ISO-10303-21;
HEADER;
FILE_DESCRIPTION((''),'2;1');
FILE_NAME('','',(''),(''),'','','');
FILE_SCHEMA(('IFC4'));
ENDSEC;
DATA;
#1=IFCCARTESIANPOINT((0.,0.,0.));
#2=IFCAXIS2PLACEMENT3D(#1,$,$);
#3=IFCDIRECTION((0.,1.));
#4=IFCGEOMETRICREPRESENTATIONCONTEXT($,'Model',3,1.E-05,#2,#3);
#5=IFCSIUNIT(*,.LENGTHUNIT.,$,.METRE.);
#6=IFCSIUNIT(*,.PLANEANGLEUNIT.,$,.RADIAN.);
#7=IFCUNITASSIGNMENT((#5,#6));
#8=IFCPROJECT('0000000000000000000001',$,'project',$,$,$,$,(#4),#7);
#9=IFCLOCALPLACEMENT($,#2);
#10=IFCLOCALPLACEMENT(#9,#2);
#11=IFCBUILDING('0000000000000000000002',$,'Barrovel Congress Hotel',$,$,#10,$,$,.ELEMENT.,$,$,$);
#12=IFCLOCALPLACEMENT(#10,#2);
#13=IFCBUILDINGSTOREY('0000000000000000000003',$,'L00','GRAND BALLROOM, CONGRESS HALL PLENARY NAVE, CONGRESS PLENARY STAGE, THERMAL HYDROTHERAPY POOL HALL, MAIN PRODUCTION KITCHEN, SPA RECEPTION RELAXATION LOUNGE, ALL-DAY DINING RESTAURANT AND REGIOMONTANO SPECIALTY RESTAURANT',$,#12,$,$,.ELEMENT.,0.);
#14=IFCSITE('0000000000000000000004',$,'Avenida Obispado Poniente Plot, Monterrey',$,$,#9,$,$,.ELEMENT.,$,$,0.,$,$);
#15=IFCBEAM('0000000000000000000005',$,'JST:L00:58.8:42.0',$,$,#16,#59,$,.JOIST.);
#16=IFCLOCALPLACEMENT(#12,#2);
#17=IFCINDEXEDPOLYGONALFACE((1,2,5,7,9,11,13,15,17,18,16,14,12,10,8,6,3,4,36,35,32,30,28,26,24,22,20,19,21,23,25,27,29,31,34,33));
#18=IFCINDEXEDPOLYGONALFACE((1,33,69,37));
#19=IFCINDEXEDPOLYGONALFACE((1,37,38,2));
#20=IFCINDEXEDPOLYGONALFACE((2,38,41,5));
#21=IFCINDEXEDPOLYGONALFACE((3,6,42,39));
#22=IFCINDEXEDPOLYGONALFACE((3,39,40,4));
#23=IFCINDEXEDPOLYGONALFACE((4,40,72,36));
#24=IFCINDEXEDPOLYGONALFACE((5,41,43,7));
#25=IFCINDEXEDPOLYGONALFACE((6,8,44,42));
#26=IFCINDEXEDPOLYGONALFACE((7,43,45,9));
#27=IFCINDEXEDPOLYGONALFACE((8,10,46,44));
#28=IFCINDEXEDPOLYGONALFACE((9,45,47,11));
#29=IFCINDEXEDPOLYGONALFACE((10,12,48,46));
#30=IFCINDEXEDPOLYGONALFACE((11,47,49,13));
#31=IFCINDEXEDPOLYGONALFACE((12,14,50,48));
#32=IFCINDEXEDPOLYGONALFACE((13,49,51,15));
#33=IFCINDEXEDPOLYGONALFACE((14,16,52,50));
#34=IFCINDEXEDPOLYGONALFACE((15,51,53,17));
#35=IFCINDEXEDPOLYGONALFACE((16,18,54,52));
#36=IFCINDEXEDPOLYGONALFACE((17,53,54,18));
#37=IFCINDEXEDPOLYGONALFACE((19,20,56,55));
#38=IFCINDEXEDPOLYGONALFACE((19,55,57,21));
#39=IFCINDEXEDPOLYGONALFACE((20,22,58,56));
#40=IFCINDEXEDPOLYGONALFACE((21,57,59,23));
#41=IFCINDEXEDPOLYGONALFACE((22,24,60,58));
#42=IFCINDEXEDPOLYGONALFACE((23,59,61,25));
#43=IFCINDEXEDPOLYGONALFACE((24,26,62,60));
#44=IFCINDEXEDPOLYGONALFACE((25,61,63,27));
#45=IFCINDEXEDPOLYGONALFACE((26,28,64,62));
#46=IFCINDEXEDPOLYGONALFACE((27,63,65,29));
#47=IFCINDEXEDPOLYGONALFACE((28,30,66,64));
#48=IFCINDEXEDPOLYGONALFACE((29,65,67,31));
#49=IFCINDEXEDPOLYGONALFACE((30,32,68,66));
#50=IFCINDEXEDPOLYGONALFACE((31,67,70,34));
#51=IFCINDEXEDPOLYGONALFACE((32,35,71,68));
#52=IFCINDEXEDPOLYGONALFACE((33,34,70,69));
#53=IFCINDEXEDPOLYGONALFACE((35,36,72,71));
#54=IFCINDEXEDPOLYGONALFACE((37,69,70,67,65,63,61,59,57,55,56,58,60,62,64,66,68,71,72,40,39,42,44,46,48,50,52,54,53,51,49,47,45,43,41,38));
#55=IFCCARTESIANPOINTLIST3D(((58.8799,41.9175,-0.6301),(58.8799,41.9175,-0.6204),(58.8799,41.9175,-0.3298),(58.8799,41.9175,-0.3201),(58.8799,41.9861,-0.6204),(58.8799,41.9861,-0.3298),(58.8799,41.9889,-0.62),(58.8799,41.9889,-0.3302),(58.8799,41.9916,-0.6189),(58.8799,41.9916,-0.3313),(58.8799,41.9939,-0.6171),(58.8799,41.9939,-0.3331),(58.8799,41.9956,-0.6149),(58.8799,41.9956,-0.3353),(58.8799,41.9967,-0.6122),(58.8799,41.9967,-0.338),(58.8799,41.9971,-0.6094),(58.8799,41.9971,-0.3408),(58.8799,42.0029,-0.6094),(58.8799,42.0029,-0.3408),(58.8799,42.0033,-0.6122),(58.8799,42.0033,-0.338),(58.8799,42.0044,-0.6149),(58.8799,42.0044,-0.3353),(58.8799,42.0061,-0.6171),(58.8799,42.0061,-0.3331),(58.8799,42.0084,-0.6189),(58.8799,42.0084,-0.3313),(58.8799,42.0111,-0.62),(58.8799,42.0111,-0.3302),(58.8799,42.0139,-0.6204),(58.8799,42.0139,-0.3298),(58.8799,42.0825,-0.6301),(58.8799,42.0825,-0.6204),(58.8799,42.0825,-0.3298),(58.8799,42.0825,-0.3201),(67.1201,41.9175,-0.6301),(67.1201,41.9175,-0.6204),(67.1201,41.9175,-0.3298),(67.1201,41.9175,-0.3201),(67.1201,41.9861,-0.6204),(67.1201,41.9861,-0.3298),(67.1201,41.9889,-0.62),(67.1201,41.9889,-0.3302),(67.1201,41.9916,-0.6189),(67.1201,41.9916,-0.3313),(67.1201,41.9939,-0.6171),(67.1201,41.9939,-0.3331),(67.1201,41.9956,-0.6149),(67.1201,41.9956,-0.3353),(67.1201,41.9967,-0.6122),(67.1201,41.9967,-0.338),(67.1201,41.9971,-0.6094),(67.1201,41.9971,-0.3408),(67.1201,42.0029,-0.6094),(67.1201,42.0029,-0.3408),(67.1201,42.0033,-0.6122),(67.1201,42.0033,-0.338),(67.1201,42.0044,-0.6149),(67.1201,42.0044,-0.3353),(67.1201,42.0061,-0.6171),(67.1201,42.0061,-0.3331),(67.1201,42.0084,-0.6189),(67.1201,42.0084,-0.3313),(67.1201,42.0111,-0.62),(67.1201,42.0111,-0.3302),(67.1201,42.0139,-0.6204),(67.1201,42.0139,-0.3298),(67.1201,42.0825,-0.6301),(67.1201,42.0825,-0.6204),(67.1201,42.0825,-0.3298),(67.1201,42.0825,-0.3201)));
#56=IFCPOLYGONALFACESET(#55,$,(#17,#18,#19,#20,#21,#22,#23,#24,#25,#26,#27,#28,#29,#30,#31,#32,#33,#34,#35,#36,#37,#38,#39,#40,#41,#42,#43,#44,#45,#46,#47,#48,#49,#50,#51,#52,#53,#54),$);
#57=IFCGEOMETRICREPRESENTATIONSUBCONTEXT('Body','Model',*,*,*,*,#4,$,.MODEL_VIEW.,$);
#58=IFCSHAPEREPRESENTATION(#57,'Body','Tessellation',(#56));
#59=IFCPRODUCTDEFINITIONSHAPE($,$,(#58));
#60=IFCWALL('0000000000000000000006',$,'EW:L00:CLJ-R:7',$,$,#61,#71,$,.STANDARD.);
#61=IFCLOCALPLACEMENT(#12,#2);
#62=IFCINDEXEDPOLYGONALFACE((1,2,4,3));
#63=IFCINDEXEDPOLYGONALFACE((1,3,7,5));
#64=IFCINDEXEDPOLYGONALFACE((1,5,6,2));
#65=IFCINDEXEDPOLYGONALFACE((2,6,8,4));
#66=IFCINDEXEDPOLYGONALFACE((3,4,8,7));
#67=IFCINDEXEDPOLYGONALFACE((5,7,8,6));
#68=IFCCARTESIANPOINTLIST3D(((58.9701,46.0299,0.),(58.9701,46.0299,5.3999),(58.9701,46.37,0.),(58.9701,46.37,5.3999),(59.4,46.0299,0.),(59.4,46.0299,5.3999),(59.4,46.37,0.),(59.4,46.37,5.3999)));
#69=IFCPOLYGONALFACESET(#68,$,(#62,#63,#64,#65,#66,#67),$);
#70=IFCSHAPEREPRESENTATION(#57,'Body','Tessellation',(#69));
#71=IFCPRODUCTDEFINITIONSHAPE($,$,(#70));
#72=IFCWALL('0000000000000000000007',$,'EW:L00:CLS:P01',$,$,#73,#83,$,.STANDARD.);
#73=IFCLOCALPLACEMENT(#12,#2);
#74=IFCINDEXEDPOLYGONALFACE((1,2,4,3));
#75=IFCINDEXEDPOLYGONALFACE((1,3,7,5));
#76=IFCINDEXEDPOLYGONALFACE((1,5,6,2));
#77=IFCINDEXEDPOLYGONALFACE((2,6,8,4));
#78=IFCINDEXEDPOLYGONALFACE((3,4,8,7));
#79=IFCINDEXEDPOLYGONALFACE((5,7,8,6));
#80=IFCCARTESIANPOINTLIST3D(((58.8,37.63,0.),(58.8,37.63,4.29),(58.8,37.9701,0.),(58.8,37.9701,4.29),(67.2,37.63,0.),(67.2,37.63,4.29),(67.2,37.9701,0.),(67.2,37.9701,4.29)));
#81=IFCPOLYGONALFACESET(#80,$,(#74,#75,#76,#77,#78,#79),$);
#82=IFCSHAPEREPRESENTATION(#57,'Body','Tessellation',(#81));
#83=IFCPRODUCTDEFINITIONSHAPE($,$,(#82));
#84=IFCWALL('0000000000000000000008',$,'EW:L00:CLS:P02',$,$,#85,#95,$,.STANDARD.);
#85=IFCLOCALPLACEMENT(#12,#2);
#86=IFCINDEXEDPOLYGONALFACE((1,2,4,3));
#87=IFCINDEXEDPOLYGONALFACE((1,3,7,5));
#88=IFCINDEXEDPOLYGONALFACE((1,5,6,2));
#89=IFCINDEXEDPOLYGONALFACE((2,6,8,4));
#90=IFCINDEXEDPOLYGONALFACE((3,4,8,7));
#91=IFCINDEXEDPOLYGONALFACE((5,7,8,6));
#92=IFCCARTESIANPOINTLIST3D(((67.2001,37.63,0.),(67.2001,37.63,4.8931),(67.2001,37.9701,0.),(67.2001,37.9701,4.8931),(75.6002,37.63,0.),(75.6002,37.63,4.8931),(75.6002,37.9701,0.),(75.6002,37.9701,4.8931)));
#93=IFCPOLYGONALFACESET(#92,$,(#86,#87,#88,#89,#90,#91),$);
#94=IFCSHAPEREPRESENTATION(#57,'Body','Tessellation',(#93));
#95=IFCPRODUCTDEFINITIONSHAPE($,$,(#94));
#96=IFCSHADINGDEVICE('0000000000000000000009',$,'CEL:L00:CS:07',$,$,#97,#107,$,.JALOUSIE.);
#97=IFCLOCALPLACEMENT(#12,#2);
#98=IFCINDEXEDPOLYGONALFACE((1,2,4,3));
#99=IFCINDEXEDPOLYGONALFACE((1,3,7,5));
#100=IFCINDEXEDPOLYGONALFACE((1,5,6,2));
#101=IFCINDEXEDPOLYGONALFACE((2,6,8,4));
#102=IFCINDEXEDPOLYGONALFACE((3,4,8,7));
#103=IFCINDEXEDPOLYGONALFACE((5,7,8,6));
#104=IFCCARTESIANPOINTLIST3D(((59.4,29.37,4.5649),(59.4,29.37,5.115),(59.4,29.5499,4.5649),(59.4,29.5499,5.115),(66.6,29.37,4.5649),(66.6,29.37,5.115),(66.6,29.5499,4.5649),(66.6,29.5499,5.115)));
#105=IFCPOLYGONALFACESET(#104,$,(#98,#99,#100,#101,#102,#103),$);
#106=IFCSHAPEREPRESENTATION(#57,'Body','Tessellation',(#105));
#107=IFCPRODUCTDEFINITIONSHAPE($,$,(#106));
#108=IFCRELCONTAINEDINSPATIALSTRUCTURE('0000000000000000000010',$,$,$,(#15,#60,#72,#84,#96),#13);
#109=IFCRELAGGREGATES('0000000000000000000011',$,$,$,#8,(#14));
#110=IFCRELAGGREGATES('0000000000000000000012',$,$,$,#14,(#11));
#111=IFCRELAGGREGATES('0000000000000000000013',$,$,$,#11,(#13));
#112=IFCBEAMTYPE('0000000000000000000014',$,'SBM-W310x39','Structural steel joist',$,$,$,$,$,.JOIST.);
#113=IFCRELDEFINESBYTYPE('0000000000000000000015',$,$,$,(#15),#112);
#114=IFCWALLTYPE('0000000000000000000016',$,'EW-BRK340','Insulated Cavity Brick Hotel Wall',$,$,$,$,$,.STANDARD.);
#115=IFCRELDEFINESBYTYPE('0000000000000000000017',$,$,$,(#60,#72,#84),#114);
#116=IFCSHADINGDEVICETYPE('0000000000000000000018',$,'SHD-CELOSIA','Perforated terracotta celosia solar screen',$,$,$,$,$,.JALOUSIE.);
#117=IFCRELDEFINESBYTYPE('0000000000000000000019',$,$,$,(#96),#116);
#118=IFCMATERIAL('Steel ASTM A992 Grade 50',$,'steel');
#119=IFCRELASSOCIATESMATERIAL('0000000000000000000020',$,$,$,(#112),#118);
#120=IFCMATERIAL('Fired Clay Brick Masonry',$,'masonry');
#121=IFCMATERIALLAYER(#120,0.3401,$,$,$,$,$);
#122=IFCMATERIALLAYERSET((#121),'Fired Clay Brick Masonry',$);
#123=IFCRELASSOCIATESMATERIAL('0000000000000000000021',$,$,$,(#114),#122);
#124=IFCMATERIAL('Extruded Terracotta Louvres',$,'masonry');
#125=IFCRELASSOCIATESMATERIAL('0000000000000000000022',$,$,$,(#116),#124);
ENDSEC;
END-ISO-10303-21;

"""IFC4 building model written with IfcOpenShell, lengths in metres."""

from ifc_helpers import new_model, si_unit, direction, frame, frame_2d, origin, origin_2d, place, context, subcontext, project, spatial, rectangle, i_section, extrude, material, layer, layer_set, material_profile, profile_set, type_object, element, save


model = new_model("IFC4")

# Units and contexts
model_context = context("Model", 3, precision=1e-05, world=origin(), true_north=direction((0.0, 1.0)))
body_context = subcontext(model_context, "Body", "Model", "MODEL_VIEW")
ifc_project = project(units=[si_unit("LENGTHUNIT", "METRE"), si_unit("PLANEANGLEUNIT", "RADIAN")], contexts=[model_context])

# Site, building, storey
site_placement = place(None, origin())
site = spatial("IfcSite", under=ifc_project, at=site_placement, Name="Avenida Obispado Poniente Plot, Monterrey", CompositionType="ELEMENT", RefElevation=0.0)
building_placement = place(site_placement, origin())
building = spatial("IfcBuilding", under=site, at=building_placement, Name="Barrovel Congress Hotel", CompositionType="ELEMENT")
storey_placement = place(building_placement, origin())
storey = spatial("IfcBuildingStorey", under=building, at=storey_placement, Name="L00", Description="GRAND BALLROOM, CONGRESS HALL PLENARY NAVE, CONGRESS PLENARY STAGE, THERMAL HYDROTHERAPY POOL HALL, MAIN PRODUCTION KITCHEN, SPA RECEPTION RELAXATION LOUNGE, ALL-DAY DINING RESTAURANT AND REGIOMONTANO SPECIALTY RESTAURANT", CompositionType="ELEMENT", Elevation=0.0)

# Beam
ifc_material_1 = material(Name="Steel ASTM A992 Grade 50", Category="steel")
ifc_material_profile_1 = material_profile(ifc_material_1, i_section(OverallWidth=0.165, OverallDepth=0.3101, WebThickness=0.0059, FlangeThickness=0.0098, FilletRadius=0.011, at=origin_2d()), Name="W310x39")
ifc_profile_set_1 = profile_set([ifc_material_profile_1], Name="Steel ASTM A992 Grade 50")
beam_type_1 = type_object("IfcBeamType", Name="SBM-W310x39", Description="Structural steel joist", PredefinedType="JOIST", material=ifc_profile_set_1)
beam_1_placement = place(storey_placement, frame((58.8799, 42.0, -0.4751), z_axis=(1.0, 0.0, 0.0), x_axis=(0.0, 1.0, 0.0)))
element("IfcBeam", 1, at=beam_1_placement, inside=storey, type_object=beam_type_1, Name="JST:L00:58.8:42.0", PredefinedType="JOIST", context=body_context, shape_type="SweptSolid", body=[
    extrude(i_section(OverallWidth=0.165, OverallDepth=0.3101, WebThickness=0.0059, FlangeThickness=0.0098, FilletRadius=0.011, at=origin_2d()), origin(), (0.0, 0.0, 1.0), 8.2402),
])

# Shared definitions
ifc_material_2 = material(Name="Fired Clay Brick Masonry", Category="masonry")
ifc_layer = layer(ifc_material_2, 0.3401)
ifc_layer_set = layer_set([ifc_layer], Name="Fired Clay Brick Masonry")
wall_type = type_object("IfcWallType", Name="EW-BRK340", Description="Insulated Cavity Brick Hotel Wall", PredefinedType="STANDARD", material=ifc_layer_set)

# Walls
wall_1_placement = place(storey_placement, frame((59.3999, 46.2, 0.0), z_axis=(0.0, 0.0, 1.0), x_axis=(-1.0, 0.0, 0.0)))
element("IfcWall", 2, at=wall_1_placement, inside=storey, type_object=wall_type, Name="EW:L00:CLJ-R:7", PredefinedType="STANDARD", context=body_context, shape_type="SweptSolid", body=[
    extrude(rectangle(XDim=0.4299, YDim=0.3401, at=frame_2d((0.2148, 0.0))), origin(), (0.0, 0.0, 1.0), 5.3999),
])
wall_2_placement = place(storey_placement, frame((58.8, 37.8, 0.0), z_axis=(0.0, 0.0, 1.0), x_axis=(1.0, 0.0, 0.0)))
element("IfcWall", 3, at=wall_2_placement, inside=storey, type_object=wall_type, Name="EW:L00:CLS:P01", PredefinedType="STANDARD", context=body_context, shape_type="SweptSolid", body=[
    extrude(rectangle(XDim=8.3999, YDim=0.3401, at=frame_2d((4.2, 0.0))), origin(), (0.0, 0.0, 1.0), 4.29),
])
wall_3_placement = place(storey_placement, frame((67.2, 37.8, 0.0), z_axis=(0.0, 0.0, 1.0), x_axis=(1.0, 0.0, 0.0)))
element("IfcWall", 4, at=wall_3_placement, inside=storey, type_object=wall_type, Name="EW:L00:CLS:P02", PredefinedType="STANDARD", context=body_context, shape_type="SweptSolid", body=[
    extrude(rectangle(XDim=8.4001, YDim=0.3401, at=frame_2d((4.2002, 0.0))), origin(), (0.0, 0.0, 1.0), 4.8931),
])

# Shading device
ifc_material_3 = material(Name="Extruded Terracotta Louvres", Category="masonry")
shading_device_type = type_object("IfcShadingDeviceType", Name="SHD-CELOSIA", Description="Perforated terracotta celosia solar screen", PredefinedType="JALOUSIE", material=ifc_material_3)
shading_device_placement = place(storey_placement, frame((63.0, 29.46, 4.5649), z_axis=(0.0, 0.0, 1.0), x_axis=(1.0, 0.0, 0.0)))
element("IfcShadingDevice", 5, at=shading_device_placement, inside=storey, type_object=shading_device_type, Name="CEL:L00:CS:07", PredefinedType="JALOUSIE", context=body_context, shape_type="SweptSolid", body=[
    extrude(rectangle(XDim=7.2, YDim=0.1799, at=origin_2d()), origin(), (0.0, 0.0, 1.0), 0.55),
])

save(model, "model.ifc")
